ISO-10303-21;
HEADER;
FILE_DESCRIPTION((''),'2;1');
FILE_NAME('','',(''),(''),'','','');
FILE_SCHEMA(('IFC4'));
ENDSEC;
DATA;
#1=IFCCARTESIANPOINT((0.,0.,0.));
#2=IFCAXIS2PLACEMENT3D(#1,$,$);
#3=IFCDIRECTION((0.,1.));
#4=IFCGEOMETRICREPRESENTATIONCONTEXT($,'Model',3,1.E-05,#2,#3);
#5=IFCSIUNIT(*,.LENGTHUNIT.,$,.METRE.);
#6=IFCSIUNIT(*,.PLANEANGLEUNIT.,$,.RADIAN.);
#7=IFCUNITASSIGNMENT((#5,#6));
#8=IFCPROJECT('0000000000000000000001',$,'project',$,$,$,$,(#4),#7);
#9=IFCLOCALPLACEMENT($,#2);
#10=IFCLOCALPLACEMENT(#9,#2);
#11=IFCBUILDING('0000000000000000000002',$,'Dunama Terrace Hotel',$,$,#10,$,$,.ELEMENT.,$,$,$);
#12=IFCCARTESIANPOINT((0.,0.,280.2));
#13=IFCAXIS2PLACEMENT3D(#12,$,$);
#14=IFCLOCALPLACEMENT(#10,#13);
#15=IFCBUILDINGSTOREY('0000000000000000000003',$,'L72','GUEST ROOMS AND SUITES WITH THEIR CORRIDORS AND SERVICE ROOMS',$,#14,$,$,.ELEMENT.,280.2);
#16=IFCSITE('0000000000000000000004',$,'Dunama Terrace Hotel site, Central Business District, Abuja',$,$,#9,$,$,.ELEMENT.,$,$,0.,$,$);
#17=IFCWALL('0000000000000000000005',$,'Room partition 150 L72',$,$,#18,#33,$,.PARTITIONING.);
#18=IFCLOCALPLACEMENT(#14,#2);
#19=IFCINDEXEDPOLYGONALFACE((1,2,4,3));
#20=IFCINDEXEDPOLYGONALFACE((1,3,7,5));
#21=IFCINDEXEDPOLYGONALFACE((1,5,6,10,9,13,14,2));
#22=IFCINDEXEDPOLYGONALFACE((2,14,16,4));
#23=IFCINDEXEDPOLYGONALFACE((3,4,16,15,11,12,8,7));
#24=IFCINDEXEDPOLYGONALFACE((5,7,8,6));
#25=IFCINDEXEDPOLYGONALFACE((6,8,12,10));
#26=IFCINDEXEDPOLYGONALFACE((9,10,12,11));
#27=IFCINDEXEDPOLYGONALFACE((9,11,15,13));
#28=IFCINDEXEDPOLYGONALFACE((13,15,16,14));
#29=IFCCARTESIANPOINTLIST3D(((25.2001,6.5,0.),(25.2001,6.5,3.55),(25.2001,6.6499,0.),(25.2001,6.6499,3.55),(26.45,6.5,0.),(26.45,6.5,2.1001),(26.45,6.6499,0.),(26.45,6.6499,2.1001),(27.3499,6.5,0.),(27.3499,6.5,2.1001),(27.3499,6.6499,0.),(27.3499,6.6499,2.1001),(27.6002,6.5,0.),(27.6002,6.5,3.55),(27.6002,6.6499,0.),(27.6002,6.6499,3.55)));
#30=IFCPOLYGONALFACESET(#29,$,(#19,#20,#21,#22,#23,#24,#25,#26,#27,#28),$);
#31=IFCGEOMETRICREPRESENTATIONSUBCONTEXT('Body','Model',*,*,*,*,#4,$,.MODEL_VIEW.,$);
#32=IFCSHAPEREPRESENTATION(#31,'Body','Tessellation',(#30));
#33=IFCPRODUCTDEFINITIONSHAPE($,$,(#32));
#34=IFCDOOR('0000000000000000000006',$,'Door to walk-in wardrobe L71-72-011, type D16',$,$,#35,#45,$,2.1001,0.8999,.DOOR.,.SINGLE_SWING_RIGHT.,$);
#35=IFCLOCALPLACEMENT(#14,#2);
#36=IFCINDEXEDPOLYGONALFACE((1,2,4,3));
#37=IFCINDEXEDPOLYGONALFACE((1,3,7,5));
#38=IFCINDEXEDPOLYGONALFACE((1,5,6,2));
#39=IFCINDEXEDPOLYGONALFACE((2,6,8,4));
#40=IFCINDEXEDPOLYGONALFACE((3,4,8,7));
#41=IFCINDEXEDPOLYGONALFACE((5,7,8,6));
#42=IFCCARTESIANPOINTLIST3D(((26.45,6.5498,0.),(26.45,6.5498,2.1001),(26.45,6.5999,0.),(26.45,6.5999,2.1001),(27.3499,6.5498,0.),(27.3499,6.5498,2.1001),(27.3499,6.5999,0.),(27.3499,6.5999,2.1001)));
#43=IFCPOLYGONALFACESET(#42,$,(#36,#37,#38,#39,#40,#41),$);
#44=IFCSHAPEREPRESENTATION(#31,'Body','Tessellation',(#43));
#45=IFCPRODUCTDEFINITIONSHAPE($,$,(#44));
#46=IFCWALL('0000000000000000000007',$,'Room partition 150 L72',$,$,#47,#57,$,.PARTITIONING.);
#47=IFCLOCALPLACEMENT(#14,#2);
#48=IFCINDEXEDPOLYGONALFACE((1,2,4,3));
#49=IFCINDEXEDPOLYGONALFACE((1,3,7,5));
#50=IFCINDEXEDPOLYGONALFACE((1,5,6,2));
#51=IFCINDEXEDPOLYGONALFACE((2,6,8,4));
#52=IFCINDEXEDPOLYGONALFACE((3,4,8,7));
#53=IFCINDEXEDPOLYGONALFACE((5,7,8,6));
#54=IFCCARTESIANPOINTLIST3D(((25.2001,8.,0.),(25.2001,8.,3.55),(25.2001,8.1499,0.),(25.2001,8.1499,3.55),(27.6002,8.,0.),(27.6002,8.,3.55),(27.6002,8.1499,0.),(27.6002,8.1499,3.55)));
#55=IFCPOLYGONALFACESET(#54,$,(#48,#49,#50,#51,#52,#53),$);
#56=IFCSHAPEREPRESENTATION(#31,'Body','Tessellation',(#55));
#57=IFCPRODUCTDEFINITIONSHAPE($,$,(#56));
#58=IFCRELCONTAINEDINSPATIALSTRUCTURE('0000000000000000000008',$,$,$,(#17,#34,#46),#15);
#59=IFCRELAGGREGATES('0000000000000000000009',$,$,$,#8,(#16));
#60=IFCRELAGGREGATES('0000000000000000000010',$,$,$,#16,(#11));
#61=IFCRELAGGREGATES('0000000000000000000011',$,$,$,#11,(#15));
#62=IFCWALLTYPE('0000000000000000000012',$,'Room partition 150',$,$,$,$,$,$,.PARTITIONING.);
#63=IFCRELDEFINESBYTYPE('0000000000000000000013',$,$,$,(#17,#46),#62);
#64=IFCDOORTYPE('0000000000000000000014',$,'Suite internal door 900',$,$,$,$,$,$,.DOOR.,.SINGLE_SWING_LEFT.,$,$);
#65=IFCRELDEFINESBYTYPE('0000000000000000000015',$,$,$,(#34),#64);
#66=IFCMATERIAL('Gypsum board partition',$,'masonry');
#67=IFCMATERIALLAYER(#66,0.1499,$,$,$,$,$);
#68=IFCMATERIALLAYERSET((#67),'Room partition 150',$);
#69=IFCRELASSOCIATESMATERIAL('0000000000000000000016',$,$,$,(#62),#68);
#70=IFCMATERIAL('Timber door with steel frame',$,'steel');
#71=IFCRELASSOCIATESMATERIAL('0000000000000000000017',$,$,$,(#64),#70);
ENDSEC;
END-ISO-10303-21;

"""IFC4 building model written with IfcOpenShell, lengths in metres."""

from ifc_helpers import new_model, si_unit, direction, frame, frame_2d, origin, place, context, subcontext, project, spatial, rectangle, extrude, material, layer, layer_set, type_object, element, fill, save


model = new_model("IFC4")

# Units and contexts
model_context = context("Model", 3, precision=1e-05, world=origin(), true_north=direction((0.0, 1.0)))
body_context = subcontext(model_context, "Body", "Model", "MODEL_VIEW")
ifc_project = project(units=[si_unit("LENGTHUNIT", "METRE"), si_unit("PLANEANGLEUNIT", "RADIAN")], contexts=[model_context])

# Site, building, storey
site_placement = place(None, origin())
site = spatial("IfcSite", under=ifc_project, at=site_placement, Name="Dunama Terrace Hotel site, Central Business District, Abuja", CompositionType="ELEMENT", RefElevation=0.0)
building_placement = place(site_placement, origin())
building = spatial("IfcBuilding", under=site, at=building_placement, Name="Dunama Terrace Hotel", CompositionType="ELEMENT")
storey_placement = place(building_placement, frame((0.0, 0.0, 280.2)))
storey = spatial("IfcBuildingStorey", under=building, at=storey_placement, Name="L72", Description="GUEST ROOMS AND SUITES WITH THEIR CORRIDORS AND SERVICE ROOMS", CompositionType="ELEMENT", Elevation=280.2)

# Shared definitions
ifc_material_1 = material(Name="Gypsum board partition", Category="masonry")
ifc_layer_1 = layer(ifc_material_1, 0.1499)
ifc_layer_set_1 = layer_set([ifc_layer_1], Name="Room partition 150")
wall_type_1 = type_object("IfcWallType", Name="Room partition 150", PredefinedType="PARTITIONING", material=ifc_layer_set_1)

# Wall, opening, door
wall_1_placement = place(storey_placement, frame((25.2, 6.575, 0.0), z_axis=(0.0, 0.0, 1.0), x_axis=(1.0, 0.0, 0.0)))
wall_1 = element("IfcWall", 1, at=wall_1_placement, inside=storey, type_object=wall_type_1, Name="Room partition 150 L72", PredefinedType="PARTITIONING", context=body_context, shape_type="SweptSolid", body=[
    extrude(rectangle(XDim=2.4001, YDim=0.1499, at=frame_2d((1.2002, 0.0))), origin(), (0.0, 0.0, 1.0), 3.55),
])
opening_1_placement = place(wall_1_placement, frame((1.25, 0.0, 0.0)))
opening_1 = element("IfcOpeningElement", 2, at=opening_1_placement, cuts=wall_1, PredefinedType="OPENING", context=body_context, shape_type="SweptSolid", body=[
    extrude(rectangle(XDim=0.8999, YDim=2.1001, at=frame_2d((0.45, 1.05))), frame((0.0, 0.085, 0.0), z_axis=(0.0, -1.0, 0.0), x_axis=(1.0, 0.0, 0.0)), (0.0, 0.0, 1.0), 0.1699),
])
ifc_material_2 = material(Name="Timber door with steel frame", Category="steel")
door_type_1 = type_object("IfcDoorType", Name="Suite internal door 900", OperationType="SINGLE_SWING_LEFT", PredefinedType="DOOR", material=ifc_material_2)
door_1_placement = place(opening_1_placement, origin())
door_1 = element("IfcDoor", 3, at=door_1_placement, inside=storey, type_object=door_type_1, Name="Door to walk-in wardrobe L71-72-011, type D16", OperationType="SINGLE_SWING_RIGHT", OverallHeight=2.1001, OverallWidth=0.8999, PredefinedType="DOOR", context=body_context, shape_type="SweptSolid", body=[
    extrude(rectangle(XDim=0.8999, YDim=2.1001, at=frame_2d((0.45, 1.05))), frame((0.0, 0.0249, 0.0), z_axis=(0.0, -1.0, 0.0), x_axis=(1.0, 0.0, 0.0)), (0.0, 0.0, 1.0), 0.05),
])
fill(opening_1, door_1)

# Wall
wall_2_placement = place(storey_placement, frame((25.2, 8.075, 0.0), z_axis=(0.0, 0.0, 1.0), x_axis=(1.0, 0.0, 0.0)))
element("IfcWall", 4, at=wall_2_placement, inside=storey, type_object=wall_type_1, Name="Room partition 150 L72", PredefinedType="PARTITIONING", context=body_context, shape_type="SweptSolid", body=[
    extrude(rectangle(XDim=2.4001, YDim=0.1499, at=frame_2d((1.2002, 0.0))), origin(), (0.0, 0.0, 1.0), 3.55),
])

save(model, "model.ifc")
